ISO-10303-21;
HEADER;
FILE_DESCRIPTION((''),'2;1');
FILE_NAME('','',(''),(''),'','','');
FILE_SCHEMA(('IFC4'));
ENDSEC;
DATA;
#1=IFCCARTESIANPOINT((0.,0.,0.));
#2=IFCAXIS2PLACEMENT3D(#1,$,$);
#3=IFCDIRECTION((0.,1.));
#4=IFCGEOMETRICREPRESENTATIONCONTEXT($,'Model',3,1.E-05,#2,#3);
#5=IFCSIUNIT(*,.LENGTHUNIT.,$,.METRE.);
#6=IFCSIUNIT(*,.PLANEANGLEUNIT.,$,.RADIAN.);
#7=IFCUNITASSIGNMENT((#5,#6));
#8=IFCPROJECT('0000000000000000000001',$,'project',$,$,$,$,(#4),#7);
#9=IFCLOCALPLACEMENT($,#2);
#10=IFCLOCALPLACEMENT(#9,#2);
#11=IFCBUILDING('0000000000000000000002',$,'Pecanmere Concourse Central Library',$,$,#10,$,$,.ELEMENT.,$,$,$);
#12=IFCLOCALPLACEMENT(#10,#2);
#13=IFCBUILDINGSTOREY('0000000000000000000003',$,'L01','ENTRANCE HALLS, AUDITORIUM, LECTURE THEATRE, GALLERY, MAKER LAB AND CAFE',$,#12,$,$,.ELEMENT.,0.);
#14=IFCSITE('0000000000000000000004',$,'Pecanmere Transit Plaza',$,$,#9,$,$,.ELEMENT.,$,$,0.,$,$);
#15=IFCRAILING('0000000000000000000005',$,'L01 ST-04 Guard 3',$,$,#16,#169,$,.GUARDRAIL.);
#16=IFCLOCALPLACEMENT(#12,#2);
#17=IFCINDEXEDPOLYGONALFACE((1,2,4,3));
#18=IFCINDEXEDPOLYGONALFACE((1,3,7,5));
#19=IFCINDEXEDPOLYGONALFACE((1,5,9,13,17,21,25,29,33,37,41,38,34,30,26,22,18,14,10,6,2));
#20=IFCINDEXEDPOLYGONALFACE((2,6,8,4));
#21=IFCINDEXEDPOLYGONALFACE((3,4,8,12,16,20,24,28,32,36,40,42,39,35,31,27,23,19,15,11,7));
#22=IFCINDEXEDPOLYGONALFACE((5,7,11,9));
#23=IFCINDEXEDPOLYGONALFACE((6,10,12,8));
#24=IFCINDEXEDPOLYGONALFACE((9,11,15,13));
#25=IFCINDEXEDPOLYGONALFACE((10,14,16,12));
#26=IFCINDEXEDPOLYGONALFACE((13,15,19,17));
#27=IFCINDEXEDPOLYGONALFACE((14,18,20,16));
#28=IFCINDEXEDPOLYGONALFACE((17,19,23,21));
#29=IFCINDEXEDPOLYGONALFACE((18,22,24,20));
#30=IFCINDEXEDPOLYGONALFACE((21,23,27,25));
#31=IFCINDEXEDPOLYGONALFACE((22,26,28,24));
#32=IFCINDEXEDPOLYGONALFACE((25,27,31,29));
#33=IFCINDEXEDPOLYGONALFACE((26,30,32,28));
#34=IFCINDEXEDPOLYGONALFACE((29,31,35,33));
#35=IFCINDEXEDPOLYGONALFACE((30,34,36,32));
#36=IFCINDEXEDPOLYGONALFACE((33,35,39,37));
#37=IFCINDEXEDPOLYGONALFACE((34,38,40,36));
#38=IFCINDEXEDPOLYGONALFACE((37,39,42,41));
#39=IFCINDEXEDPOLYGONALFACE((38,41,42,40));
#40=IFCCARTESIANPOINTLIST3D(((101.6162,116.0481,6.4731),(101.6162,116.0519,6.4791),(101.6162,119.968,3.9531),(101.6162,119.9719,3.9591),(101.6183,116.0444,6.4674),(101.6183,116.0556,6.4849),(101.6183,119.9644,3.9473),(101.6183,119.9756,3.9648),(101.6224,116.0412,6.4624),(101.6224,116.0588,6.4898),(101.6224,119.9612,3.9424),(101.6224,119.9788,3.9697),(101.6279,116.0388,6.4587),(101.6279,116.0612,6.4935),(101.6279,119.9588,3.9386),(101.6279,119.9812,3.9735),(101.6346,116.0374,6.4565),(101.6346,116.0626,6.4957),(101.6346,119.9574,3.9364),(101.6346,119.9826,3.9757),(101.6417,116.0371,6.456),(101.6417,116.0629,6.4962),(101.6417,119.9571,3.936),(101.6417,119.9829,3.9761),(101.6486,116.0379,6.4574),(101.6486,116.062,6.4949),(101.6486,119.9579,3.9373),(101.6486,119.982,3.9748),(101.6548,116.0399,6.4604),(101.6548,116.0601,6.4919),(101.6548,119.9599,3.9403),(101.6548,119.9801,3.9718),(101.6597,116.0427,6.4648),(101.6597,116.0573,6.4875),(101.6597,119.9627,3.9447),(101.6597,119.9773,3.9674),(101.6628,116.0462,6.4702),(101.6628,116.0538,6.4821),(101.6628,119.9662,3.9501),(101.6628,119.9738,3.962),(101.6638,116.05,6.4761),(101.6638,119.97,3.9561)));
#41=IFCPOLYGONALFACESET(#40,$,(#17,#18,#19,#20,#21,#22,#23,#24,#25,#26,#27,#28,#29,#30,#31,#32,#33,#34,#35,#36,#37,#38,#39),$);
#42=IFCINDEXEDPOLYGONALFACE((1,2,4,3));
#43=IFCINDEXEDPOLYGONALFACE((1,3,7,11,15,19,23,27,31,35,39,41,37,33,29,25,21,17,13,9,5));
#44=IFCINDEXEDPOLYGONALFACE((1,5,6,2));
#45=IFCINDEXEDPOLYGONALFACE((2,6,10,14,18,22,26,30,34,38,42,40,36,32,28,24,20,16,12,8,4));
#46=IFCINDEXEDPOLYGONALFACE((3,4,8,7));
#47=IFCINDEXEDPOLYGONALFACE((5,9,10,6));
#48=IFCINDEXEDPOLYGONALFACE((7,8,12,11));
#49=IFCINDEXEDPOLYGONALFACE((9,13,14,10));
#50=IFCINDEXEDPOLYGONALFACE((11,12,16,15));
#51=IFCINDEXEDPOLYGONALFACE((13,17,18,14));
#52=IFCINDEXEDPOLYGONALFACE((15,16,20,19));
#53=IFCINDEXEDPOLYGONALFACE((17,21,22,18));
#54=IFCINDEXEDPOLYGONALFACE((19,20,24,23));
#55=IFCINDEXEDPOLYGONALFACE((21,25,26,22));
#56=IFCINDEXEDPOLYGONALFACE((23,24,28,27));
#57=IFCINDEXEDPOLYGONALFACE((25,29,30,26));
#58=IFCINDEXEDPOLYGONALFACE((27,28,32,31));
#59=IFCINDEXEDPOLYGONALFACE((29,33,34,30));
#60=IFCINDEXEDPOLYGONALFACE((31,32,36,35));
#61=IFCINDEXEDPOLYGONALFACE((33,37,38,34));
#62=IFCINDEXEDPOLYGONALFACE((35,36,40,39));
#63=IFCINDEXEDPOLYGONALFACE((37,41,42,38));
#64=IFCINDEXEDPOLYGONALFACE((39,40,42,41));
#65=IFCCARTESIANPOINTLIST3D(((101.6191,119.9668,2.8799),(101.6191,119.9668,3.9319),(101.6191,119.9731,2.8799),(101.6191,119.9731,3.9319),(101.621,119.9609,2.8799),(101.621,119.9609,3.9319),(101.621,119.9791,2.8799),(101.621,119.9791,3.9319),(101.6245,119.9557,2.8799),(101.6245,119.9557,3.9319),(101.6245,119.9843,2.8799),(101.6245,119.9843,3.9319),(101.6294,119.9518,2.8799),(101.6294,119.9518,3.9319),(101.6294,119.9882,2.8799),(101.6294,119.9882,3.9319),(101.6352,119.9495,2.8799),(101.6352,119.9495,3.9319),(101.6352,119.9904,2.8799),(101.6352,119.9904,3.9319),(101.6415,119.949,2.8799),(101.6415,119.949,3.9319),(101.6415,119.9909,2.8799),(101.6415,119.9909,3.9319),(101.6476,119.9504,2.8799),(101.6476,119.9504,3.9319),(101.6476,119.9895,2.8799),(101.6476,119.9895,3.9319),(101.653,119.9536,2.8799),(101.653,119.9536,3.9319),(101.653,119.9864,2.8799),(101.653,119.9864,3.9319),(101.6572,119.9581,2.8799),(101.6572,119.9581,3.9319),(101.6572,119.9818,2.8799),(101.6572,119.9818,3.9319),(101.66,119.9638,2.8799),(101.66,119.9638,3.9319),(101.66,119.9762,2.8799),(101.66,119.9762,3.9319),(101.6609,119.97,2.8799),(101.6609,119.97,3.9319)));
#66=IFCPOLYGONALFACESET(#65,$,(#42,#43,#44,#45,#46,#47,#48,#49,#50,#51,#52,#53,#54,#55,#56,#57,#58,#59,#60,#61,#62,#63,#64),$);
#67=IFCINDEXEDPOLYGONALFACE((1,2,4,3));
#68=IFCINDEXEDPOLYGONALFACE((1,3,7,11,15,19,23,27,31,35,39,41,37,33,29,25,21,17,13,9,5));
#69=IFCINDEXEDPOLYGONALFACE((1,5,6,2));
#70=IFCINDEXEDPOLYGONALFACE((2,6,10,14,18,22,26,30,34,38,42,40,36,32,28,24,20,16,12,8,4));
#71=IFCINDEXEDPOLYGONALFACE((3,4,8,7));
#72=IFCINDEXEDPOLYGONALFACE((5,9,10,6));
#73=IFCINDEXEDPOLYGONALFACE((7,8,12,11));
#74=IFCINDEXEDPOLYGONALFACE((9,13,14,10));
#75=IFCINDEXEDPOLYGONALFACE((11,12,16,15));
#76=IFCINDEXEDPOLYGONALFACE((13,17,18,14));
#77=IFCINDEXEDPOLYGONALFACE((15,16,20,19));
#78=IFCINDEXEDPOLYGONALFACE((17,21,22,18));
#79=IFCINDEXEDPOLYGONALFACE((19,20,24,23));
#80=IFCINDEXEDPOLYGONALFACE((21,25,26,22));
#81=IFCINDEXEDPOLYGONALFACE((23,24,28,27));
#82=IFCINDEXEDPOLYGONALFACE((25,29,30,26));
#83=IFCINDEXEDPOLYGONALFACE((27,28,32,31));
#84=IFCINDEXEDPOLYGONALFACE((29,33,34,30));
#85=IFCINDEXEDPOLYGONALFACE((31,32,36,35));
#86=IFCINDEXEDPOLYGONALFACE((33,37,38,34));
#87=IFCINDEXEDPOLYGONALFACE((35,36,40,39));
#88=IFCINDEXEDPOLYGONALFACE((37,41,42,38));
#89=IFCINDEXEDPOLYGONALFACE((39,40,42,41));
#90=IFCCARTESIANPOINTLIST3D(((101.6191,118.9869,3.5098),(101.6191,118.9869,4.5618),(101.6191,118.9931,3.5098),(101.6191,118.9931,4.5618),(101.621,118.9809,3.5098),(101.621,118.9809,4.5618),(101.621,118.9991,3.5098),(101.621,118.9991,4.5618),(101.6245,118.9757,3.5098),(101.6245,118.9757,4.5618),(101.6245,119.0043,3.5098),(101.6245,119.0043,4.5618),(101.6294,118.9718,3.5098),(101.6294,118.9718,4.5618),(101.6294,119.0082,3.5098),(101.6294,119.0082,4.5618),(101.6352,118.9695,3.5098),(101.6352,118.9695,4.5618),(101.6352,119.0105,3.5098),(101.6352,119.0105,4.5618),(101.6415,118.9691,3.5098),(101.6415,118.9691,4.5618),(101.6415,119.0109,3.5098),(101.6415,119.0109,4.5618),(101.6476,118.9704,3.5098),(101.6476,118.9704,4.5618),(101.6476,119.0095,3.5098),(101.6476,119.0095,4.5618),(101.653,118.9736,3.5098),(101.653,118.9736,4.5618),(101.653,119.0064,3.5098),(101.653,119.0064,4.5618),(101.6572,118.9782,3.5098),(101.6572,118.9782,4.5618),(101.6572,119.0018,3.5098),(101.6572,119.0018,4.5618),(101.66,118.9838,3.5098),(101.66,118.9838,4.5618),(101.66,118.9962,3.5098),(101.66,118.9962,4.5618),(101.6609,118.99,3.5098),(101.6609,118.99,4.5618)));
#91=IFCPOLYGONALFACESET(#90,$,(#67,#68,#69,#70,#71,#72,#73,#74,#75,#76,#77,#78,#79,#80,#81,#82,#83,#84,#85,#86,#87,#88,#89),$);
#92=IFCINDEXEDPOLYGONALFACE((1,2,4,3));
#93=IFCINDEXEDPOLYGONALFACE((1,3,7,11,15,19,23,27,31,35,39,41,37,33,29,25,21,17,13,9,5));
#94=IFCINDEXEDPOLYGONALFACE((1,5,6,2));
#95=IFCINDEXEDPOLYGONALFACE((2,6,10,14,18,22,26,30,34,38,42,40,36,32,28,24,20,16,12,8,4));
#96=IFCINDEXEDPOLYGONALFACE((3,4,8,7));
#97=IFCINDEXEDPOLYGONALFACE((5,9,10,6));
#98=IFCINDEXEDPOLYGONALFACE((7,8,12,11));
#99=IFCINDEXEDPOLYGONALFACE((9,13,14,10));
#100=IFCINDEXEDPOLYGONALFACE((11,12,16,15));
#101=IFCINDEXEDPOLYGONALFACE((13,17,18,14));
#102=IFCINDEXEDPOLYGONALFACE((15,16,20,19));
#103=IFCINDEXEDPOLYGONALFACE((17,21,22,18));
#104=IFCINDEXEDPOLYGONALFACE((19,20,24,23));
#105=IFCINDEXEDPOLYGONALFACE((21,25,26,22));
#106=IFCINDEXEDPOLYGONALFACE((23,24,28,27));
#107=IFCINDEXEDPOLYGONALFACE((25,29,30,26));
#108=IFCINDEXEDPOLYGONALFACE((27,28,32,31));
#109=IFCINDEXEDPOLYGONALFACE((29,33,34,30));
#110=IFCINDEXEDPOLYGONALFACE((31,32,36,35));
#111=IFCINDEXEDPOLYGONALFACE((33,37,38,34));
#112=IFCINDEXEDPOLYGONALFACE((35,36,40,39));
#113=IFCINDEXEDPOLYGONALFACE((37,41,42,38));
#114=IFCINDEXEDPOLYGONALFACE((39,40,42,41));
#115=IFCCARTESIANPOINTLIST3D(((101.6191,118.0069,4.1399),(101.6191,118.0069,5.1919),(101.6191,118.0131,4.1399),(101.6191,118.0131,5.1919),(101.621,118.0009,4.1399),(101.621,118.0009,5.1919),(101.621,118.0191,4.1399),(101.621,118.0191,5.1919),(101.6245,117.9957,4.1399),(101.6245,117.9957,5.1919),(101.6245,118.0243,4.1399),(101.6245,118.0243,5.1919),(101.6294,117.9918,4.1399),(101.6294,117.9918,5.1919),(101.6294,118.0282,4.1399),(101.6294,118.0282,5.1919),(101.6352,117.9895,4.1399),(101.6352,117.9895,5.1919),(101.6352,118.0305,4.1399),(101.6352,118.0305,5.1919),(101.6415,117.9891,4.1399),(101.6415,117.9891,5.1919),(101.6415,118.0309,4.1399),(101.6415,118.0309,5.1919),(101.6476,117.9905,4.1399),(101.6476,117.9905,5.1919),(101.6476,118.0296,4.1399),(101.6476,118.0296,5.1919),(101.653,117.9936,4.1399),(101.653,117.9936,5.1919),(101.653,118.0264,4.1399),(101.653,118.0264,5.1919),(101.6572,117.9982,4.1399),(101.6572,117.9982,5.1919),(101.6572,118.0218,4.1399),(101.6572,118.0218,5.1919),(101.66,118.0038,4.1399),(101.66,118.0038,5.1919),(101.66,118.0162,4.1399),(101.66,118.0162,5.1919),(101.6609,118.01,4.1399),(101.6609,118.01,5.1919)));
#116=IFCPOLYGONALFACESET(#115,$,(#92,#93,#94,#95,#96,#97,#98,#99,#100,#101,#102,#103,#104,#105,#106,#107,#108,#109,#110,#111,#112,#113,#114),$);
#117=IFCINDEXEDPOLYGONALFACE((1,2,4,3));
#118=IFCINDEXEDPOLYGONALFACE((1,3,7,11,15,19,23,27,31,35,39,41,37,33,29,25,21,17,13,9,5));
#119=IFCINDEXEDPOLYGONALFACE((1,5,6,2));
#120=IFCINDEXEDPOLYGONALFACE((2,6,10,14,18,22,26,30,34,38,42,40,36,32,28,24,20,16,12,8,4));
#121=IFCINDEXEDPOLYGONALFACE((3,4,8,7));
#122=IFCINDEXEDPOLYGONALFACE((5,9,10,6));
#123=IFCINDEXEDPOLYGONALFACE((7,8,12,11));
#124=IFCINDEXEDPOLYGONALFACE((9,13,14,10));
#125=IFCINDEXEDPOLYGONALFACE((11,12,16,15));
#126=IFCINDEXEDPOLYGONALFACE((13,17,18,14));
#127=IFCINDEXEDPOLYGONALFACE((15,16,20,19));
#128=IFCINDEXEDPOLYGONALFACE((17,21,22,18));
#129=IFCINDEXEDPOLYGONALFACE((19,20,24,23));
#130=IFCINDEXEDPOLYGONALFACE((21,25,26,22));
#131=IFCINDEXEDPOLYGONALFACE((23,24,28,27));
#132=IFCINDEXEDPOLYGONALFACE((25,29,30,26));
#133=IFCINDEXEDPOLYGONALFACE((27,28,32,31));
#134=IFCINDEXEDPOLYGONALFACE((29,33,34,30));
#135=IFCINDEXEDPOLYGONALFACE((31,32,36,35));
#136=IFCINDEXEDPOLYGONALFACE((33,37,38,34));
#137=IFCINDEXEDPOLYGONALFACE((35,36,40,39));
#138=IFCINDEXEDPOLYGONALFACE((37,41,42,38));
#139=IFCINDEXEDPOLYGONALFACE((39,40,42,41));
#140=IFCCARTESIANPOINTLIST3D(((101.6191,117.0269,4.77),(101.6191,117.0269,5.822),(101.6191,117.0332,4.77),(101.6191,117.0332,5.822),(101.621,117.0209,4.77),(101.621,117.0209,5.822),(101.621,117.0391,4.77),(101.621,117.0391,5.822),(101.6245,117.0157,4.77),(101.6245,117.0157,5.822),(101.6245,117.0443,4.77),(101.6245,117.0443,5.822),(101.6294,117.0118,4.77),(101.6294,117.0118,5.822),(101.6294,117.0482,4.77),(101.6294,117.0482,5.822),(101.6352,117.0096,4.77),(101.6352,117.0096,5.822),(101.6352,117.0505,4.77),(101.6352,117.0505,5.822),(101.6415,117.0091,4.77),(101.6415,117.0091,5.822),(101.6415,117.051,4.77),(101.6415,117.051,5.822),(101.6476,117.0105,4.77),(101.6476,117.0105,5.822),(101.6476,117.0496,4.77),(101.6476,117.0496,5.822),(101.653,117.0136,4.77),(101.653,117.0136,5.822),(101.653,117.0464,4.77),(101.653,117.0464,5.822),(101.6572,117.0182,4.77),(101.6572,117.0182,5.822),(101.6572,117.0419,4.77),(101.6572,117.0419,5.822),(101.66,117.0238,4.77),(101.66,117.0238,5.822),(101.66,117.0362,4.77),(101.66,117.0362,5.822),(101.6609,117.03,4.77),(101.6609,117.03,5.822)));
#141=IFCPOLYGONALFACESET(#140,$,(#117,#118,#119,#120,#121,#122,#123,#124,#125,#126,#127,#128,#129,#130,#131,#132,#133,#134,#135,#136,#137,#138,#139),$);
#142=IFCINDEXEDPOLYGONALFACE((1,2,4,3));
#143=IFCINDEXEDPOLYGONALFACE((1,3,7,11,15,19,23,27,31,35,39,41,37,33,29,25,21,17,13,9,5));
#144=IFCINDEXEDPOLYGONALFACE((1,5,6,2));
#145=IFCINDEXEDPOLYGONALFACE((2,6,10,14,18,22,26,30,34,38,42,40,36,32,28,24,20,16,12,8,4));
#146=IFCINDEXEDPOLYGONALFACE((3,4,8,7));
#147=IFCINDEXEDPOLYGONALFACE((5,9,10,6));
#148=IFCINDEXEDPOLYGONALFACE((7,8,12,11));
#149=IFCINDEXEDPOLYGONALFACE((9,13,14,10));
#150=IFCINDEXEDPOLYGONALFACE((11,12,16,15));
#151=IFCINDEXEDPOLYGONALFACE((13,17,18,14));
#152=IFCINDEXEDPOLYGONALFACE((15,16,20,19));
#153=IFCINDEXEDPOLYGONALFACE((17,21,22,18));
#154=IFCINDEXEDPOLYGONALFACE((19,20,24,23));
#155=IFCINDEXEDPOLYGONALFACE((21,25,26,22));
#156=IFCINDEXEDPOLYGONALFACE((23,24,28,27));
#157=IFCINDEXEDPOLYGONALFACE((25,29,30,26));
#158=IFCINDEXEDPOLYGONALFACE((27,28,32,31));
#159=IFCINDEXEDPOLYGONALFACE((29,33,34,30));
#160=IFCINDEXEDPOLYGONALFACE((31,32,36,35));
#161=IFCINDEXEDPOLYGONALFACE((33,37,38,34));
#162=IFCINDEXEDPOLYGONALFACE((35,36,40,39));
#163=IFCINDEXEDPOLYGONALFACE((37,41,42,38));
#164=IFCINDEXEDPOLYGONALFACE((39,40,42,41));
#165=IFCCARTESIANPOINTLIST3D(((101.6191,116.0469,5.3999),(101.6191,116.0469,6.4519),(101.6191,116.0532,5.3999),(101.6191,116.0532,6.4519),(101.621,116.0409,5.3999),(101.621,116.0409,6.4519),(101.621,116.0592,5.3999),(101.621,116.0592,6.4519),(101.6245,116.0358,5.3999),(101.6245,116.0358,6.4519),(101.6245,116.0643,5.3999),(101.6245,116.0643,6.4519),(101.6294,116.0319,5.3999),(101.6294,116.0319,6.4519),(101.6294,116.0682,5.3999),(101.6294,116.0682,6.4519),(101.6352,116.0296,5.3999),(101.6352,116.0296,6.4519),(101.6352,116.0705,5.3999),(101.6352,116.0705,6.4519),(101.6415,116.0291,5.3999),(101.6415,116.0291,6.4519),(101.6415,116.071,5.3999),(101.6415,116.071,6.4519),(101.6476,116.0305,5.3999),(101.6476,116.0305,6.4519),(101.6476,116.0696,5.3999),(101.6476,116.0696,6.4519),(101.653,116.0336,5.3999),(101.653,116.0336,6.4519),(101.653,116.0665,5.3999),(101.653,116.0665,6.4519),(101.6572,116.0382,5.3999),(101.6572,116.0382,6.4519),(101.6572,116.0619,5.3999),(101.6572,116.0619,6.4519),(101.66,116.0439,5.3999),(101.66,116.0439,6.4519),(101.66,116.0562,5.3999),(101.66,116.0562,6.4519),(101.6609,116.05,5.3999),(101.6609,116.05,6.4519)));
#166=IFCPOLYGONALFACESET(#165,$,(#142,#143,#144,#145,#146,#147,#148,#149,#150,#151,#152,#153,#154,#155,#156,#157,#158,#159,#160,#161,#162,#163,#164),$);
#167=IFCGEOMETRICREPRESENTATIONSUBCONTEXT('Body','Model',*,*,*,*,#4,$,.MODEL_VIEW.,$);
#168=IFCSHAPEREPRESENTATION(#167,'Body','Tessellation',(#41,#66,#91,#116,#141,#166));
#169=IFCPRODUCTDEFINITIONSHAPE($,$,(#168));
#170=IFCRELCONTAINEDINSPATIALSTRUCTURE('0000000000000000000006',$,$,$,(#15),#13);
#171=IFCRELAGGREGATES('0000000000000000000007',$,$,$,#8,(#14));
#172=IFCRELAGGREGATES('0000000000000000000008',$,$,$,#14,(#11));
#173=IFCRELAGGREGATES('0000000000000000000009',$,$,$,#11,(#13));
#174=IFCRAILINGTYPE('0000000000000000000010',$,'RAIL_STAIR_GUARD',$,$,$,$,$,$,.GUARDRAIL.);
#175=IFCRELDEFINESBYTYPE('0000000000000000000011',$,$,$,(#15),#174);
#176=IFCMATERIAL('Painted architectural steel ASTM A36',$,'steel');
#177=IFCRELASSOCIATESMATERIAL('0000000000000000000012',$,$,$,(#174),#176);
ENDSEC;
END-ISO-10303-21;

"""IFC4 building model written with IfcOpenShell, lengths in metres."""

from ifc_helpers import new_model, si_unit, direction, frame, origin, origin_2d, place, context, subcontext, project, spatial, circle, extrude, material, type_object, element, save


model = new_model("IFC4")

# Units and contexts
model_context = context("Model", 3, precision=1e-05, world=origin(), true_north=direction((0.0, 1.0)))
body_context = subcontext(model_context, "Body", "Model", "MODEL_VIEW")
ifc_project = project(units=[si_unit("LENGTHUNIT", "METRE"), si_unit("PLANEANGLEUNIT", "RADIAN")], contexts=[model_context])

# Site, building, storey
site_placement = place(None, origin())
site = spatial("IfcSite", under=ifc_project, at=site_placement, Name="Pecanmere Transit Plaza", CompositionType="ELEMENT", RefElevation=0.0)
building_placement = place(site_placement, origin())
building = spatial("IfcBuilding", under=site, at=building_placement, Name="Pecanmere Concourse Central Library", CompositionType="ELEMENT")
storey_placement = place(building_placement, origin())
storey = spatial("IfcBuildingStorey", under=building, at=storey_placement, Name="L01", Description="ENTRANCE HALLS, AUDITORIUM, LECTURE THEATRE, GALLERY, MAKER LAB AND CAFE", CompositionType="ELEMENT", Elevation=0.0)

# Railing
ifc_material_1 = material(Name="Painted architectural steel ASTM A36", Category="steel")
railing_type_1 = type_object("IfcRailingType", Name="RAIL_STAIR_GUARD", PredefinedType="GUARDRAIL", material=ifc_material_1)
railing_1_placement = place(storey_placement, frame((101.6399, 119.97, 2.8799)))
element("IfcRailing", 1, at=railing_1_placement, inside=storey, type_object=railing_type_1, Name="L01 ST-04 Guard 3", PredefinedType="GUARDRAIL", context=body_context, shape_type="SweptSolid", body=[
    extrude(circle(Radius=0.0239, at=origin_2d()), frame((0.0, 0.0, 1.0762), z_axis=(0.0, -0.841172, 0.540768), x_axis=(1.0, 0.0, 0.0)), (0.0, 0.0, 1.0), 4.6602),
    extrude(circle(Radius=0.021, at=origin_2d()), origin(), (0.0, 0.0, 1.0), 1.052),
    extrude(circle(Radius=0.021, at=origin_2d()), frame((0.0, -0.98, 0.6299)), (0.0, 0.0, 1.0), 1.052),
    extrude(circle(Radius=0.021, at=origin_2d()), frame((0.0, -1.96, 1.26)), (0.0, 0.0, 1.0), 1.052),
    extrude(circle(Radius=0.021, at=origin_2d()), frame((0.0, -2.9399, 1.8901)), (0.0, 0.0, 1.0), 1.052),
    extrude(circle(Radius=0.021, at=origin_2d()), frame((0.0, -3.9199, 2.52)), (0.0, 0.0, 1.0), 1.052),
])

save(model, "model.ifc")
